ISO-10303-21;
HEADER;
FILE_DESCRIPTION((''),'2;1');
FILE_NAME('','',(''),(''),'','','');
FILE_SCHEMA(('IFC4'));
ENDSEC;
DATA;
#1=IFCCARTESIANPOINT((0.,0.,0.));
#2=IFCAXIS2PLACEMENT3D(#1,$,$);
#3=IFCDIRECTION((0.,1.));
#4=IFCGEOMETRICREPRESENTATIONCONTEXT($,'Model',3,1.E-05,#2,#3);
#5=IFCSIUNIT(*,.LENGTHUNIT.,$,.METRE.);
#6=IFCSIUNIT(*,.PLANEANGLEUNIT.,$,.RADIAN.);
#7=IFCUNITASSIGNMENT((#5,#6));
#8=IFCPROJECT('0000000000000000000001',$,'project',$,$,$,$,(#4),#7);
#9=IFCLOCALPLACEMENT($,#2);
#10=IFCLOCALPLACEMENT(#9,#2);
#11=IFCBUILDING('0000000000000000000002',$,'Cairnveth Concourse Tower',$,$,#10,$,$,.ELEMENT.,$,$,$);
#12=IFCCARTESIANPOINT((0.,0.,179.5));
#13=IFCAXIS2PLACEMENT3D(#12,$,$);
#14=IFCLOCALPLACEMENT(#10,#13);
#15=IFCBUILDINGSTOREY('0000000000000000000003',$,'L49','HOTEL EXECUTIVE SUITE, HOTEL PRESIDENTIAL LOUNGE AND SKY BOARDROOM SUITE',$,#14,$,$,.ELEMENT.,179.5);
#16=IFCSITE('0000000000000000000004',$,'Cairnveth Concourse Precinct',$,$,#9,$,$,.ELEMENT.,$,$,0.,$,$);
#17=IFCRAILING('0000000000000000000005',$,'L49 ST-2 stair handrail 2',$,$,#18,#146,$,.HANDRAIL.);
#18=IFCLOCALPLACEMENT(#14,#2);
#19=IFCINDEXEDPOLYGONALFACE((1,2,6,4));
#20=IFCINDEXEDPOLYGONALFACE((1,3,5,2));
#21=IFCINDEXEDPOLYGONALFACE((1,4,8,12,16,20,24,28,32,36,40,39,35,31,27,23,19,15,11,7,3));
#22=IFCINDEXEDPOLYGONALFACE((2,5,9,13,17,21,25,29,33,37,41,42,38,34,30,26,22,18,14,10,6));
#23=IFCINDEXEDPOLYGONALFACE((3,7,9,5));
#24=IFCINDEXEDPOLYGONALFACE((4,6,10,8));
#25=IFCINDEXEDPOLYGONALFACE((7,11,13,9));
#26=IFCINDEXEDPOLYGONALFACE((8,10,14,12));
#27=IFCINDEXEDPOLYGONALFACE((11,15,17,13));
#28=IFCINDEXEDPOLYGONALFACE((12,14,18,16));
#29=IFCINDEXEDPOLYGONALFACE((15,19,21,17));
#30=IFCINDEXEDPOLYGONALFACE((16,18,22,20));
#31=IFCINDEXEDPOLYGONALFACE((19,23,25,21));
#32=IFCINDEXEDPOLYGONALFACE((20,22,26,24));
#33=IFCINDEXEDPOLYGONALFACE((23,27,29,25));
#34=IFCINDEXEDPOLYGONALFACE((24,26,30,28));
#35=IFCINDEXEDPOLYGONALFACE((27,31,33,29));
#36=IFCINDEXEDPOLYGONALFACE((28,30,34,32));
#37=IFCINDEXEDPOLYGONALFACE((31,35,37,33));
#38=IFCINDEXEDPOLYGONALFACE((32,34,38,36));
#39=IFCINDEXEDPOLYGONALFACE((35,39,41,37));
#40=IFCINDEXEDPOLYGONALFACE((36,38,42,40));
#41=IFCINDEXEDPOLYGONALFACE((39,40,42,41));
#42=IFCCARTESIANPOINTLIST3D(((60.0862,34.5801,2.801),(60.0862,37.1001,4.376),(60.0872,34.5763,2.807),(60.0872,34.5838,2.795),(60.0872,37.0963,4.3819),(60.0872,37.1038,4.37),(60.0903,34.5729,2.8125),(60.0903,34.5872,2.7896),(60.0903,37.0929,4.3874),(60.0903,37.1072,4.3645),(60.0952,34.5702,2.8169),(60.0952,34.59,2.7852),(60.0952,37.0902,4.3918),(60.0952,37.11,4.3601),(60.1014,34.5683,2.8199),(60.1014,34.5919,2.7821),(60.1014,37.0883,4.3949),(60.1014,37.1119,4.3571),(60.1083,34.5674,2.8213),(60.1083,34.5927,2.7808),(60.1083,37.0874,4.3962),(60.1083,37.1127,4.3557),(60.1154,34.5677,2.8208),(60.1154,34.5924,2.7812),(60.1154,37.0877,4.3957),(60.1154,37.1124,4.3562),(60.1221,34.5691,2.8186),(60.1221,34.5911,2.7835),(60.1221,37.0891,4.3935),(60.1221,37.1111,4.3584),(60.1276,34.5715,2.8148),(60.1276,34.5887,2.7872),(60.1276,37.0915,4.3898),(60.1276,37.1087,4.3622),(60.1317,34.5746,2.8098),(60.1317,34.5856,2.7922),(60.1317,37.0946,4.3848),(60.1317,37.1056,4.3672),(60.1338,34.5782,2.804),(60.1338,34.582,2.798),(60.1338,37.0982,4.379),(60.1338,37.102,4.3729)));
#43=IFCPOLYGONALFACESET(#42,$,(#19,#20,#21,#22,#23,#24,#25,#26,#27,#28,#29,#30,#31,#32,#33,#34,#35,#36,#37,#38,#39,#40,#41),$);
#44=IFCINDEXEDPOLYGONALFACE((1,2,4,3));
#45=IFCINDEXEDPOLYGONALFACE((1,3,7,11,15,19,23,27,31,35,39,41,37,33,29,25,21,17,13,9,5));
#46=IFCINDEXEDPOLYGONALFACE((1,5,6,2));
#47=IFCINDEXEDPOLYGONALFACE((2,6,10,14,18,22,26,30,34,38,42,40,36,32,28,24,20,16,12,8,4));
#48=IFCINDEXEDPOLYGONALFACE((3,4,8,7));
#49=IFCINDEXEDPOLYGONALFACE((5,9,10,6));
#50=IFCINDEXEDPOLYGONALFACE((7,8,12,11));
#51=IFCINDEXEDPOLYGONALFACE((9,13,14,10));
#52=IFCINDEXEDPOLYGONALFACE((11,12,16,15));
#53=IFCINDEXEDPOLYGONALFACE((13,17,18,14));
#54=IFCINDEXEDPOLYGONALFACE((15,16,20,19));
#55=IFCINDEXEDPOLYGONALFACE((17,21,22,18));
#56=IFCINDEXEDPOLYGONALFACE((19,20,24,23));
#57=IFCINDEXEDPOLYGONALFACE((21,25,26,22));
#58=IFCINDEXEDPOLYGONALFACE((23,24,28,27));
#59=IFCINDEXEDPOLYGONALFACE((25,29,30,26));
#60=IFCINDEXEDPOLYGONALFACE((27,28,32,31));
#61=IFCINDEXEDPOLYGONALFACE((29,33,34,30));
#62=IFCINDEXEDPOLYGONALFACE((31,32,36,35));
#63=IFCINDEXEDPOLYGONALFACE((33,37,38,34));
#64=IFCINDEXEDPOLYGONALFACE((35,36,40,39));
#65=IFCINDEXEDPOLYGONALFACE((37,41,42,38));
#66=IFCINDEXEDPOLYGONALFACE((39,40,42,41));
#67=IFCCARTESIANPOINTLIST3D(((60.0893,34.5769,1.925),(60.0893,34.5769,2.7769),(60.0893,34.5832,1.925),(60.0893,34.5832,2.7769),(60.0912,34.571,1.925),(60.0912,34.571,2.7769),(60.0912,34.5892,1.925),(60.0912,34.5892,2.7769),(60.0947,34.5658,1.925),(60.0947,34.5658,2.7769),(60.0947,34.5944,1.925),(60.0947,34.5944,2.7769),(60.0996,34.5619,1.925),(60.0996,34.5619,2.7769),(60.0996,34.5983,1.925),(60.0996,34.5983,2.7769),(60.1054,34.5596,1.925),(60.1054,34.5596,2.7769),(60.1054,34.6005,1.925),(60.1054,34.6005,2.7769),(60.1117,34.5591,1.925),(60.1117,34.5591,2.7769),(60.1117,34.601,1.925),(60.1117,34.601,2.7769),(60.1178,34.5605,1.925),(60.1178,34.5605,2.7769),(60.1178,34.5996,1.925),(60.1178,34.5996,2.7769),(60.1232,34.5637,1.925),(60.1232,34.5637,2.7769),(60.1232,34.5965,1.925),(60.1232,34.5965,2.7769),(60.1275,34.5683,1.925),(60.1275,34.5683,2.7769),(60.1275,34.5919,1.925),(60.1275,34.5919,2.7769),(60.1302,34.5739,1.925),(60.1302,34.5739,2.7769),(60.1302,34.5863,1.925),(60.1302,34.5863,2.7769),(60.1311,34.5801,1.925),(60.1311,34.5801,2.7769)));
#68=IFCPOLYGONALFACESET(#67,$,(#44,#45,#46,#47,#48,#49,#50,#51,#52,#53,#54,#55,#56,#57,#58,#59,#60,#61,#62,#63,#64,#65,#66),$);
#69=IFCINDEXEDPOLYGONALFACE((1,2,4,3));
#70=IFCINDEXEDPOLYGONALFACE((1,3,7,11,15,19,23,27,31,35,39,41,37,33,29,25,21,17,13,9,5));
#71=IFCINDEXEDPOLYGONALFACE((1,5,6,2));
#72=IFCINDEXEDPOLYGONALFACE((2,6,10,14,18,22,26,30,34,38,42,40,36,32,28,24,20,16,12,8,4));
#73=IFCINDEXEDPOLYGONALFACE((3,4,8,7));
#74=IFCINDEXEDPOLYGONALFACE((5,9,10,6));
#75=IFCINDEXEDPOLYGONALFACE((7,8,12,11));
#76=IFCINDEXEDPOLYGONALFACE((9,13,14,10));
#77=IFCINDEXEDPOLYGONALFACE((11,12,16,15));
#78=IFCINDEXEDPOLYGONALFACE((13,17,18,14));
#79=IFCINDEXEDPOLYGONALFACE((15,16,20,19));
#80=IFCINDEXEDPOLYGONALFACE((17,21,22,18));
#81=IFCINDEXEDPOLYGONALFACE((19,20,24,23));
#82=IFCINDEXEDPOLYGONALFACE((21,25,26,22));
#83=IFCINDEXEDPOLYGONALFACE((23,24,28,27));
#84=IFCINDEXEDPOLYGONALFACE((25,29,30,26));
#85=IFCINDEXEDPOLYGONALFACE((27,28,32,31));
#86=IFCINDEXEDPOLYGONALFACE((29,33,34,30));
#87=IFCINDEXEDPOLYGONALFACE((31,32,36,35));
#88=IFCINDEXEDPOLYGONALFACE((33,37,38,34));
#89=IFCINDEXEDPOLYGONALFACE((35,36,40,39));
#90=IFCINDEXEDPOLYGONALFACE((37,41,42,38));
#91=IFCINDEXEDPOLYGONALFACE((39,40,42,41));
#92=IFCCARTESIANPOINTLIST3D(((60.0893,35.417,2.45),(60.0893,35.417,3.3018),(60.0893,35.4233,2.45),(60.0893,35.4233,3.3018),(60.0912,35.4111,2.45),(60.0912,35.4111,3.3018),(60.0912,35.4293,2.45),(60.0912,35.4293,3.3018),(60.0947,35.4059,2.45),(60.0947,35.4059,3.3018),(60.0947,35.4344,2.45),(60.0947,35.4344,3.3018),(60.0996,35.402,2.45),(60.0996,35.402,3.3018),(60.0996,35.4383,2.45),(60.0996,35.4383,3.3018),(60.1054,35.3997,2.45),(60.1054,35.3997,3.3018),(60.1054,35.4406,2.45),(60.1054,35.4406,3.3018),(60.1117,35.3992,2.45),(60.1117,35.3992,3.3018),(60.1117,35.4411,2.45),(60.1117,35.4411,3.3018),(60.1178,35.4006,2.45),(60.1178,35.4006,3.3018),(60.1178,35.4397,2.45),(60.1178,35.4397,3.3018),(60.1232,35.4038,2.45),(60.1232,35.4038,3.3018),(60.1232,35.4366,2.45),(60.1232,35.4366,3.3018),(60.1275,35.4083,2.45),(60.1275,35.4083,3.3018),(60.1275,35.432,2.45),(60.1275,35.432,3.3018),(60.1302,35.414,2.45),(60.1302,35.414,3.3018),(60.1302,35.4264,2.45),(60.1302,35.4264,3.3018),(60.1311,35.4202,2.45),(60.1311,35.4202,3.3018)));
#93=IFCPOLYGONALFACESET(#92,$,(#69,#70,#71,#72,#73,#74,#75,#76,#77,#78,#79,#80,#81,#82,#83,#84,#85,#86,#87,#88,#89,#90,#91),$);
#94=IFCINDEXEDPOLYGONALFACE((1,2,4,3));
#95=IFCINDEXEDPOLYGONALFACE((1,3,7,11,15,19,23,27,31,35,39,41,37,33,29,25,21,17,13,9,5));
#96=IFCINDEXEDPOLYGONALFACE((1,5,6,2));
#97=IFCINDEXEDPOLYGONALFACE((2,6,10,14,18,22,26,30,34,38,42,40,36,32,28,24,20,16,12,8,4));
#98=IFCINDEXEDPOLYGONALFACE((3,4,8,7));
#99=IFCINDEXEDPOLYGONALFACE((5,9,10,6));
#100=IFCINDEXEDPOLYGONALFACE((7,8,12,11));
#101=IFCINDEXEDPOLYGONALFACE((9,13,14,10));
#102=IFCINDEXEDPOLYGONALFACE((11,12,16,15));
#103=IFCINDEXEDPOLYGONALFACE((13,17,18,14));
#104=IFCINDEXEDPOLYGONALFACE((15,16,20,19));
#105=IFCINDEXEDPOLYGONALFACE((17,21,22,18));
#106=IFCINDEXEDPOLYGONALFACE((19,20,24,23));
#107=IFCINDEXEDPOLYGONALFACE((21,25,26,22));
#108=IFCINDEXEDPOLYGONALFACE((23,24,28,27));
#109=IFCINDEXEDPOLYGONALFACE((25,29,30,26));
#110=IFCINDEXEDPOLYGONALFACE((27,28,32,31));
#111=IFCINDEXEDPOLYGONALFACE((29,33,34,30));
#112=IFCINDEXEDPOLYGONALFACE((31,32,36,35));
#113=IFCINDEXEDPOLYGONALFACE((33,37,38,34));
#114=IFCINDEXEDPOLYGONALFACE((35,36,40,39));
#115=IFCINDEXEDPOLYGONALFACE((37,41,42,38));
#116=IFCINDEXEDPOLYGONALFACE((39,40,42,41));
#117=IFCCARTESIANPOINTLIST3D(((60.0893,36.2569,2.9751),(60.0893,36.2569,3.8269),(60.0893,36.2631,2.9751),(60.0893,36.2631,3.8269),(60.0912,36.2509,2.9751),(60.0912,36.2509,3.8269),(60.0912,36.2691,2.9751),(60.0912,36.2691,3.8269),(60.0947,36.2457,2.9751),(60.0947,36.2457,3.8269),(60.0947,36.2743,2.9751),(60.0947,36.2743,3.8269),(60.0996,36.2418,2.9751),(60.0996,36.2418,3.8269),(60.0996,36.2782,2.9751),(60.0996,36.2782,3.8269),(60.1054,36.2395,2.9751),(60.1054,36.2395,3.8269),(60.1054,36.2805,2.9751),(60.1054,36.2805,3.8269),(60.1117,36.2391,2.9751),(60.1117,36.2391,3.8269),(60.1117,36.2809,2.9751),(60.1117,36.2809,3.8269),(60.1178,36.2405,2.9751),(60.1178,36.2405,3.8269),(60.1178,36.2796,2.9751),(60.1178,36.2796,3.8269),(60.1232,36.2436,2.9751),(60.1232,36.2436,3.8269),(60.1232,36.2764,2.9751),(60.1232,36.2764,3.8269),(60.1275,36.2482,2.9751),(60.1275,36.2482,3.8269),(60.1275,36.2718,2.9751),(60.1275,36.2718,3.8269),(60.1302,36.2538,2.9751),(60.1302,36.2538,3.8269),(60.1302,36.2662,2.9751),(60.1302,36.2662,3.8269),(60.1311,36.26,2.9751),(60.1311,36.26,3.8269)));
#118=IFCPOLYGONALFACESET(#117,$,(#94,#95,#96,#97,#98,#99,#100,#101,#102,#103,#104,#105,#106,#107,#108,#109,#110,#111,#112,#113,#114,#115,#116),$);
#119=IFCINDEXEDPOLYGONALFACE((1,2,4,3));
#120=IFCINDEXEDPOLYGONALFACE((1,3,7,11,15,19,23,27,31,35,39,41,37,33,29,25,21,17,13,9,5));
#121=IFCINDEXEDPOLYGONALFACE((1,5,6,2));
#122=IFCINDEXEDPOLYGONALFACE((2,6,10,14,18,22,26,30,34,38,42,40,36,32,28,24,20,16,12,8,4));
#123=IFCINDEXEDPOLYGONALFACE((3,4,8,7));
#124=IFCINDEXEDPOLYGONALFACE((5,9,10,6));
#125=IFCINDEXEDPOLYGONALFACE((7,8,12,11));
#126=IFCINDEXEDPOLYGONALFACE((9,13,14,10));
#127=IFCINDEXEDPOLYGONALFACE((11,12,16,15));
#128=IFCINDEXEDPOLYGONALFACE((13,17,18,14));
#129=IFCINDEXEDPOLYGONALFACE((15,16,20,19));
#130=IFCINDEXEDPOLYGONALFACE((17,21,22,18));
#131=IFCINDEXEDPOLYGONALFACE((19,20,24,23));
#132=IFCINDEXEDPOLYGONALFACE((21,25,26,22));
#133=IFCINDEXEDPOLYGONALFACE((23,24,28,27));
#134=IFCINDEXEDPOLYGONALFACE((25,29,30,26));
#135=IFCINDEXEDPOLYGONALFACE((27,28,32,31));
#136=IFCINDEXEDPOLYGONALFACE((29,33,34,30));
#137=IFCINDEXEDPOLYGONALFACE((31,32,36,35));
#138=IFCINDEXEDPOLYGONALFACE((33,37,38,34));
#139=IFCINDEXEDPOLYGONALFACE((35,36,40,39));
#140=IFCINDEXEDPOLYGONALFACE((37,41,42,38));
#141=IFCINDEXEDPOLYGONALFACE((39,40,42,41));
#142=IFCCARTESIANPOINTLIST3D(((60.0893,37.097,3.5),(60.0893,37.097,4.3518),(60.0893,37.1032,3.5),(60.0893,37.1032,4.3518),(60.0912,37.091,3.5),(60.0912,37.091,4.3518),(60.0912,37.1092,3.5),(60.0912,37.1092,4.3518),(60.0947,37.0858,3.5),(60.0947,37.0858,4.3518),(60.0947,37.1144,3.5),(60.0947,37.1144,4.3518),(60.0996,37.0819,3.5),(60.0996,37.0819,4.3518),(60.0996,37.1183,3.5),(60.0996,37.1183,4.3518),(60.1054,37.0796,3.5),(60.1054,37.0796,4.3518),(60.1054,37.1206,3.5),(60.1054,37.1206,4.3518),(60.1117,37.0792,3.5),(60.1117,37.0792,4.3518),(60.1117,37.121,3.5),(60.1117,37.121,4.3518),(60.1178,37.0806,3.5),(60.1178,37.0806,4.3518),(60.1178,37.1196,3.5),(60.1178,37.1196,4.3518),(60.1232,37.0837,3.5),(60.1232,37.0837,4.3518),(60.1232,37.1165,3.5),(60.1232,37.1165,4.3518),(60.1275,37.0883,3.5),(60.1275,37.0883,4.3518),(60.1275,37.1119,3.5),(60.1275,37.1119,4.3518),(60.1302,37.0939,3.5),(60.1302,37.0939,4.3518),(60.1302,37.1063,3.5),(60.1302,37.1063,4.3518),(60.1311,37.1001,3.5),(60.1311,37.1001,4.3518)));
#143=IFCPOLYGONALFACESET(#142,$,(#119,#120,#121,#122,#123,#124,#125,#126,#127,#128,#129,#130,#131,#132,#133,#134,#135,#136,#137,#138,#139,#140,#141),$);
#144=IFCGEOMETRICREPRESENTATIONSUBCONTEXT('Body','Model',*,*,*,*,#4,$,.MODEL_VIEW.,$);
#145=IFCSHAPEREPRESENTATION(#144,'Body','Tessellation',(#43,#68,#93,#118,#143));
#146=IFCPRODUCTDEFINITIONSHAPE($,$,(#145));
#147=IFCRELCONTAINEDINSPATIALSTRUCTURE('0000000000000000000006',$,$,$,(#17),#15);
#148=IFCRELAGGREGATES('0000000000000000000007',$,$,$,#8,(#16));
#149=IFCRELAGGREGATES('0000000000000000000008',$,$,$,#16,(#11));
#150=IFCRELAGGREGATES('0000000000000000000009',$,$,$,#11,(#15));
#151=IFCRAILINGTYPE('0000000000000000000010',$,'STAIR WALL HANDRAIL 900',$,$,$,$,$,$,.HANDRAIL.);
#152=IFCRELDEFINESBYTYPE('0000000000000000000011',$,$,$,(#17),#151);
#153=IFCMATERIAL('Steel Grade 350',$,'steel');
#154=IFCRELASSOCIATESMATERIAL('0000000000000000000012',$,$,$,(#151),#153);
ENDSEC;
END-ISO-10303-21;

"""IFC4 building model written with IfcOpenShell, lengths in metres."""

from ifc_helpers import new_model, si_unit, direction, frame, origin, origin_2d, place, context, subcontext, project, spatial, circle, extrude, material, type_object, element, save


model = new_model("IFC4")

# Units and contexts
model_context = context("Model", 3, precision=1e-05, world=origin(), true_north=direction((0.0, 1.0)))
body_context = subcontext(model_context, "Body", "Model", "MODEL_VIEW")
ifc_project = project(units=[si_unit("LENGTHUNIT", "METRE"), si_unit("PLANEANGLEUNIT", "RADIAN")], contexts=[model_context])

# Site, building, storey
site_placement = place(None, origin())
site = spatial("IfcSite", under=ifc_project, at=site_placement, Name="Cairnveth Concourse Precinct", CompositionType="ELEMENT", RefElevation=0.0)
building_placement = place(site_placement, origin())
building = spatial("IfcBuilding", under=site, at=building_placement, Name="Cairnveth Concourse Tower", CompositionType="ELEMENT")
storey_placement = place(building_placement, frame((0.0, 0.0, 179.5)))
storey = spatial("IfcBuildingStorey", under=building, at=storey_placement, Name="L49", Description="HOTEL EXECUTIVE SUITE, HOTEL PRESIDENTIAL LOUNGE AND SKY BOARDROOM SUITE", CompositionType="ELEMENT", Elevation=179.5)

# Shared definitions
ifc_material_1 = material(Name="Steel Grade 350", Category="steel")

# Railing
railing_type_1 = type_object("IfcRailingType", Name="STAIR WALL HANDRAIL 900", PredefinedType="HANDRAIL", material=ifc_material_1)
railing_1_placement = place(storey_placement, frame((60.1101, 34.5801, 1.925)))
element("IfcRailing", 1, at=railing_1_placement, inside=storey, type_object=railing_type_1, Name="L49 ST-2 stair handrail 2", PredefinedType="HANDRAIL", context=body_context, shape_type="SweptSolid", body=[
    extrude(circle(Radius=0.0239, at=origin_2d()), frame((0.0, 0.0, 0.876), z_axis=(0.0, 0.848008, 0.529984), x_axis=(-1.0, 0.0, 0.0)), (0.0, 0.0, 1.0), 2.9717),
    extrude(circle(Radius=0.021, at=origin_2d()), origin(), (0.0, 0.0, 1.0), 0.8518),
    extrude(circle(Radius=0.021, at=origin_2d()), frame((0.0, 0.8401, 0.5249)), (0.0, 0.0, 1.0), 0.8518),
    extrude(circle(Radius=0.021, at=origin_2d()), frame((0.0, 1.6799, 1.05)), (0.0, 0.0, 1.0), 0.8518),
    extrude(circle(Radius=0.021, at=origin_2d()), frame((0.0, 2.52, 1.575)), (0.0, 0.0, 1.0), 0.8518),
])

save(model, "model.ifc")
